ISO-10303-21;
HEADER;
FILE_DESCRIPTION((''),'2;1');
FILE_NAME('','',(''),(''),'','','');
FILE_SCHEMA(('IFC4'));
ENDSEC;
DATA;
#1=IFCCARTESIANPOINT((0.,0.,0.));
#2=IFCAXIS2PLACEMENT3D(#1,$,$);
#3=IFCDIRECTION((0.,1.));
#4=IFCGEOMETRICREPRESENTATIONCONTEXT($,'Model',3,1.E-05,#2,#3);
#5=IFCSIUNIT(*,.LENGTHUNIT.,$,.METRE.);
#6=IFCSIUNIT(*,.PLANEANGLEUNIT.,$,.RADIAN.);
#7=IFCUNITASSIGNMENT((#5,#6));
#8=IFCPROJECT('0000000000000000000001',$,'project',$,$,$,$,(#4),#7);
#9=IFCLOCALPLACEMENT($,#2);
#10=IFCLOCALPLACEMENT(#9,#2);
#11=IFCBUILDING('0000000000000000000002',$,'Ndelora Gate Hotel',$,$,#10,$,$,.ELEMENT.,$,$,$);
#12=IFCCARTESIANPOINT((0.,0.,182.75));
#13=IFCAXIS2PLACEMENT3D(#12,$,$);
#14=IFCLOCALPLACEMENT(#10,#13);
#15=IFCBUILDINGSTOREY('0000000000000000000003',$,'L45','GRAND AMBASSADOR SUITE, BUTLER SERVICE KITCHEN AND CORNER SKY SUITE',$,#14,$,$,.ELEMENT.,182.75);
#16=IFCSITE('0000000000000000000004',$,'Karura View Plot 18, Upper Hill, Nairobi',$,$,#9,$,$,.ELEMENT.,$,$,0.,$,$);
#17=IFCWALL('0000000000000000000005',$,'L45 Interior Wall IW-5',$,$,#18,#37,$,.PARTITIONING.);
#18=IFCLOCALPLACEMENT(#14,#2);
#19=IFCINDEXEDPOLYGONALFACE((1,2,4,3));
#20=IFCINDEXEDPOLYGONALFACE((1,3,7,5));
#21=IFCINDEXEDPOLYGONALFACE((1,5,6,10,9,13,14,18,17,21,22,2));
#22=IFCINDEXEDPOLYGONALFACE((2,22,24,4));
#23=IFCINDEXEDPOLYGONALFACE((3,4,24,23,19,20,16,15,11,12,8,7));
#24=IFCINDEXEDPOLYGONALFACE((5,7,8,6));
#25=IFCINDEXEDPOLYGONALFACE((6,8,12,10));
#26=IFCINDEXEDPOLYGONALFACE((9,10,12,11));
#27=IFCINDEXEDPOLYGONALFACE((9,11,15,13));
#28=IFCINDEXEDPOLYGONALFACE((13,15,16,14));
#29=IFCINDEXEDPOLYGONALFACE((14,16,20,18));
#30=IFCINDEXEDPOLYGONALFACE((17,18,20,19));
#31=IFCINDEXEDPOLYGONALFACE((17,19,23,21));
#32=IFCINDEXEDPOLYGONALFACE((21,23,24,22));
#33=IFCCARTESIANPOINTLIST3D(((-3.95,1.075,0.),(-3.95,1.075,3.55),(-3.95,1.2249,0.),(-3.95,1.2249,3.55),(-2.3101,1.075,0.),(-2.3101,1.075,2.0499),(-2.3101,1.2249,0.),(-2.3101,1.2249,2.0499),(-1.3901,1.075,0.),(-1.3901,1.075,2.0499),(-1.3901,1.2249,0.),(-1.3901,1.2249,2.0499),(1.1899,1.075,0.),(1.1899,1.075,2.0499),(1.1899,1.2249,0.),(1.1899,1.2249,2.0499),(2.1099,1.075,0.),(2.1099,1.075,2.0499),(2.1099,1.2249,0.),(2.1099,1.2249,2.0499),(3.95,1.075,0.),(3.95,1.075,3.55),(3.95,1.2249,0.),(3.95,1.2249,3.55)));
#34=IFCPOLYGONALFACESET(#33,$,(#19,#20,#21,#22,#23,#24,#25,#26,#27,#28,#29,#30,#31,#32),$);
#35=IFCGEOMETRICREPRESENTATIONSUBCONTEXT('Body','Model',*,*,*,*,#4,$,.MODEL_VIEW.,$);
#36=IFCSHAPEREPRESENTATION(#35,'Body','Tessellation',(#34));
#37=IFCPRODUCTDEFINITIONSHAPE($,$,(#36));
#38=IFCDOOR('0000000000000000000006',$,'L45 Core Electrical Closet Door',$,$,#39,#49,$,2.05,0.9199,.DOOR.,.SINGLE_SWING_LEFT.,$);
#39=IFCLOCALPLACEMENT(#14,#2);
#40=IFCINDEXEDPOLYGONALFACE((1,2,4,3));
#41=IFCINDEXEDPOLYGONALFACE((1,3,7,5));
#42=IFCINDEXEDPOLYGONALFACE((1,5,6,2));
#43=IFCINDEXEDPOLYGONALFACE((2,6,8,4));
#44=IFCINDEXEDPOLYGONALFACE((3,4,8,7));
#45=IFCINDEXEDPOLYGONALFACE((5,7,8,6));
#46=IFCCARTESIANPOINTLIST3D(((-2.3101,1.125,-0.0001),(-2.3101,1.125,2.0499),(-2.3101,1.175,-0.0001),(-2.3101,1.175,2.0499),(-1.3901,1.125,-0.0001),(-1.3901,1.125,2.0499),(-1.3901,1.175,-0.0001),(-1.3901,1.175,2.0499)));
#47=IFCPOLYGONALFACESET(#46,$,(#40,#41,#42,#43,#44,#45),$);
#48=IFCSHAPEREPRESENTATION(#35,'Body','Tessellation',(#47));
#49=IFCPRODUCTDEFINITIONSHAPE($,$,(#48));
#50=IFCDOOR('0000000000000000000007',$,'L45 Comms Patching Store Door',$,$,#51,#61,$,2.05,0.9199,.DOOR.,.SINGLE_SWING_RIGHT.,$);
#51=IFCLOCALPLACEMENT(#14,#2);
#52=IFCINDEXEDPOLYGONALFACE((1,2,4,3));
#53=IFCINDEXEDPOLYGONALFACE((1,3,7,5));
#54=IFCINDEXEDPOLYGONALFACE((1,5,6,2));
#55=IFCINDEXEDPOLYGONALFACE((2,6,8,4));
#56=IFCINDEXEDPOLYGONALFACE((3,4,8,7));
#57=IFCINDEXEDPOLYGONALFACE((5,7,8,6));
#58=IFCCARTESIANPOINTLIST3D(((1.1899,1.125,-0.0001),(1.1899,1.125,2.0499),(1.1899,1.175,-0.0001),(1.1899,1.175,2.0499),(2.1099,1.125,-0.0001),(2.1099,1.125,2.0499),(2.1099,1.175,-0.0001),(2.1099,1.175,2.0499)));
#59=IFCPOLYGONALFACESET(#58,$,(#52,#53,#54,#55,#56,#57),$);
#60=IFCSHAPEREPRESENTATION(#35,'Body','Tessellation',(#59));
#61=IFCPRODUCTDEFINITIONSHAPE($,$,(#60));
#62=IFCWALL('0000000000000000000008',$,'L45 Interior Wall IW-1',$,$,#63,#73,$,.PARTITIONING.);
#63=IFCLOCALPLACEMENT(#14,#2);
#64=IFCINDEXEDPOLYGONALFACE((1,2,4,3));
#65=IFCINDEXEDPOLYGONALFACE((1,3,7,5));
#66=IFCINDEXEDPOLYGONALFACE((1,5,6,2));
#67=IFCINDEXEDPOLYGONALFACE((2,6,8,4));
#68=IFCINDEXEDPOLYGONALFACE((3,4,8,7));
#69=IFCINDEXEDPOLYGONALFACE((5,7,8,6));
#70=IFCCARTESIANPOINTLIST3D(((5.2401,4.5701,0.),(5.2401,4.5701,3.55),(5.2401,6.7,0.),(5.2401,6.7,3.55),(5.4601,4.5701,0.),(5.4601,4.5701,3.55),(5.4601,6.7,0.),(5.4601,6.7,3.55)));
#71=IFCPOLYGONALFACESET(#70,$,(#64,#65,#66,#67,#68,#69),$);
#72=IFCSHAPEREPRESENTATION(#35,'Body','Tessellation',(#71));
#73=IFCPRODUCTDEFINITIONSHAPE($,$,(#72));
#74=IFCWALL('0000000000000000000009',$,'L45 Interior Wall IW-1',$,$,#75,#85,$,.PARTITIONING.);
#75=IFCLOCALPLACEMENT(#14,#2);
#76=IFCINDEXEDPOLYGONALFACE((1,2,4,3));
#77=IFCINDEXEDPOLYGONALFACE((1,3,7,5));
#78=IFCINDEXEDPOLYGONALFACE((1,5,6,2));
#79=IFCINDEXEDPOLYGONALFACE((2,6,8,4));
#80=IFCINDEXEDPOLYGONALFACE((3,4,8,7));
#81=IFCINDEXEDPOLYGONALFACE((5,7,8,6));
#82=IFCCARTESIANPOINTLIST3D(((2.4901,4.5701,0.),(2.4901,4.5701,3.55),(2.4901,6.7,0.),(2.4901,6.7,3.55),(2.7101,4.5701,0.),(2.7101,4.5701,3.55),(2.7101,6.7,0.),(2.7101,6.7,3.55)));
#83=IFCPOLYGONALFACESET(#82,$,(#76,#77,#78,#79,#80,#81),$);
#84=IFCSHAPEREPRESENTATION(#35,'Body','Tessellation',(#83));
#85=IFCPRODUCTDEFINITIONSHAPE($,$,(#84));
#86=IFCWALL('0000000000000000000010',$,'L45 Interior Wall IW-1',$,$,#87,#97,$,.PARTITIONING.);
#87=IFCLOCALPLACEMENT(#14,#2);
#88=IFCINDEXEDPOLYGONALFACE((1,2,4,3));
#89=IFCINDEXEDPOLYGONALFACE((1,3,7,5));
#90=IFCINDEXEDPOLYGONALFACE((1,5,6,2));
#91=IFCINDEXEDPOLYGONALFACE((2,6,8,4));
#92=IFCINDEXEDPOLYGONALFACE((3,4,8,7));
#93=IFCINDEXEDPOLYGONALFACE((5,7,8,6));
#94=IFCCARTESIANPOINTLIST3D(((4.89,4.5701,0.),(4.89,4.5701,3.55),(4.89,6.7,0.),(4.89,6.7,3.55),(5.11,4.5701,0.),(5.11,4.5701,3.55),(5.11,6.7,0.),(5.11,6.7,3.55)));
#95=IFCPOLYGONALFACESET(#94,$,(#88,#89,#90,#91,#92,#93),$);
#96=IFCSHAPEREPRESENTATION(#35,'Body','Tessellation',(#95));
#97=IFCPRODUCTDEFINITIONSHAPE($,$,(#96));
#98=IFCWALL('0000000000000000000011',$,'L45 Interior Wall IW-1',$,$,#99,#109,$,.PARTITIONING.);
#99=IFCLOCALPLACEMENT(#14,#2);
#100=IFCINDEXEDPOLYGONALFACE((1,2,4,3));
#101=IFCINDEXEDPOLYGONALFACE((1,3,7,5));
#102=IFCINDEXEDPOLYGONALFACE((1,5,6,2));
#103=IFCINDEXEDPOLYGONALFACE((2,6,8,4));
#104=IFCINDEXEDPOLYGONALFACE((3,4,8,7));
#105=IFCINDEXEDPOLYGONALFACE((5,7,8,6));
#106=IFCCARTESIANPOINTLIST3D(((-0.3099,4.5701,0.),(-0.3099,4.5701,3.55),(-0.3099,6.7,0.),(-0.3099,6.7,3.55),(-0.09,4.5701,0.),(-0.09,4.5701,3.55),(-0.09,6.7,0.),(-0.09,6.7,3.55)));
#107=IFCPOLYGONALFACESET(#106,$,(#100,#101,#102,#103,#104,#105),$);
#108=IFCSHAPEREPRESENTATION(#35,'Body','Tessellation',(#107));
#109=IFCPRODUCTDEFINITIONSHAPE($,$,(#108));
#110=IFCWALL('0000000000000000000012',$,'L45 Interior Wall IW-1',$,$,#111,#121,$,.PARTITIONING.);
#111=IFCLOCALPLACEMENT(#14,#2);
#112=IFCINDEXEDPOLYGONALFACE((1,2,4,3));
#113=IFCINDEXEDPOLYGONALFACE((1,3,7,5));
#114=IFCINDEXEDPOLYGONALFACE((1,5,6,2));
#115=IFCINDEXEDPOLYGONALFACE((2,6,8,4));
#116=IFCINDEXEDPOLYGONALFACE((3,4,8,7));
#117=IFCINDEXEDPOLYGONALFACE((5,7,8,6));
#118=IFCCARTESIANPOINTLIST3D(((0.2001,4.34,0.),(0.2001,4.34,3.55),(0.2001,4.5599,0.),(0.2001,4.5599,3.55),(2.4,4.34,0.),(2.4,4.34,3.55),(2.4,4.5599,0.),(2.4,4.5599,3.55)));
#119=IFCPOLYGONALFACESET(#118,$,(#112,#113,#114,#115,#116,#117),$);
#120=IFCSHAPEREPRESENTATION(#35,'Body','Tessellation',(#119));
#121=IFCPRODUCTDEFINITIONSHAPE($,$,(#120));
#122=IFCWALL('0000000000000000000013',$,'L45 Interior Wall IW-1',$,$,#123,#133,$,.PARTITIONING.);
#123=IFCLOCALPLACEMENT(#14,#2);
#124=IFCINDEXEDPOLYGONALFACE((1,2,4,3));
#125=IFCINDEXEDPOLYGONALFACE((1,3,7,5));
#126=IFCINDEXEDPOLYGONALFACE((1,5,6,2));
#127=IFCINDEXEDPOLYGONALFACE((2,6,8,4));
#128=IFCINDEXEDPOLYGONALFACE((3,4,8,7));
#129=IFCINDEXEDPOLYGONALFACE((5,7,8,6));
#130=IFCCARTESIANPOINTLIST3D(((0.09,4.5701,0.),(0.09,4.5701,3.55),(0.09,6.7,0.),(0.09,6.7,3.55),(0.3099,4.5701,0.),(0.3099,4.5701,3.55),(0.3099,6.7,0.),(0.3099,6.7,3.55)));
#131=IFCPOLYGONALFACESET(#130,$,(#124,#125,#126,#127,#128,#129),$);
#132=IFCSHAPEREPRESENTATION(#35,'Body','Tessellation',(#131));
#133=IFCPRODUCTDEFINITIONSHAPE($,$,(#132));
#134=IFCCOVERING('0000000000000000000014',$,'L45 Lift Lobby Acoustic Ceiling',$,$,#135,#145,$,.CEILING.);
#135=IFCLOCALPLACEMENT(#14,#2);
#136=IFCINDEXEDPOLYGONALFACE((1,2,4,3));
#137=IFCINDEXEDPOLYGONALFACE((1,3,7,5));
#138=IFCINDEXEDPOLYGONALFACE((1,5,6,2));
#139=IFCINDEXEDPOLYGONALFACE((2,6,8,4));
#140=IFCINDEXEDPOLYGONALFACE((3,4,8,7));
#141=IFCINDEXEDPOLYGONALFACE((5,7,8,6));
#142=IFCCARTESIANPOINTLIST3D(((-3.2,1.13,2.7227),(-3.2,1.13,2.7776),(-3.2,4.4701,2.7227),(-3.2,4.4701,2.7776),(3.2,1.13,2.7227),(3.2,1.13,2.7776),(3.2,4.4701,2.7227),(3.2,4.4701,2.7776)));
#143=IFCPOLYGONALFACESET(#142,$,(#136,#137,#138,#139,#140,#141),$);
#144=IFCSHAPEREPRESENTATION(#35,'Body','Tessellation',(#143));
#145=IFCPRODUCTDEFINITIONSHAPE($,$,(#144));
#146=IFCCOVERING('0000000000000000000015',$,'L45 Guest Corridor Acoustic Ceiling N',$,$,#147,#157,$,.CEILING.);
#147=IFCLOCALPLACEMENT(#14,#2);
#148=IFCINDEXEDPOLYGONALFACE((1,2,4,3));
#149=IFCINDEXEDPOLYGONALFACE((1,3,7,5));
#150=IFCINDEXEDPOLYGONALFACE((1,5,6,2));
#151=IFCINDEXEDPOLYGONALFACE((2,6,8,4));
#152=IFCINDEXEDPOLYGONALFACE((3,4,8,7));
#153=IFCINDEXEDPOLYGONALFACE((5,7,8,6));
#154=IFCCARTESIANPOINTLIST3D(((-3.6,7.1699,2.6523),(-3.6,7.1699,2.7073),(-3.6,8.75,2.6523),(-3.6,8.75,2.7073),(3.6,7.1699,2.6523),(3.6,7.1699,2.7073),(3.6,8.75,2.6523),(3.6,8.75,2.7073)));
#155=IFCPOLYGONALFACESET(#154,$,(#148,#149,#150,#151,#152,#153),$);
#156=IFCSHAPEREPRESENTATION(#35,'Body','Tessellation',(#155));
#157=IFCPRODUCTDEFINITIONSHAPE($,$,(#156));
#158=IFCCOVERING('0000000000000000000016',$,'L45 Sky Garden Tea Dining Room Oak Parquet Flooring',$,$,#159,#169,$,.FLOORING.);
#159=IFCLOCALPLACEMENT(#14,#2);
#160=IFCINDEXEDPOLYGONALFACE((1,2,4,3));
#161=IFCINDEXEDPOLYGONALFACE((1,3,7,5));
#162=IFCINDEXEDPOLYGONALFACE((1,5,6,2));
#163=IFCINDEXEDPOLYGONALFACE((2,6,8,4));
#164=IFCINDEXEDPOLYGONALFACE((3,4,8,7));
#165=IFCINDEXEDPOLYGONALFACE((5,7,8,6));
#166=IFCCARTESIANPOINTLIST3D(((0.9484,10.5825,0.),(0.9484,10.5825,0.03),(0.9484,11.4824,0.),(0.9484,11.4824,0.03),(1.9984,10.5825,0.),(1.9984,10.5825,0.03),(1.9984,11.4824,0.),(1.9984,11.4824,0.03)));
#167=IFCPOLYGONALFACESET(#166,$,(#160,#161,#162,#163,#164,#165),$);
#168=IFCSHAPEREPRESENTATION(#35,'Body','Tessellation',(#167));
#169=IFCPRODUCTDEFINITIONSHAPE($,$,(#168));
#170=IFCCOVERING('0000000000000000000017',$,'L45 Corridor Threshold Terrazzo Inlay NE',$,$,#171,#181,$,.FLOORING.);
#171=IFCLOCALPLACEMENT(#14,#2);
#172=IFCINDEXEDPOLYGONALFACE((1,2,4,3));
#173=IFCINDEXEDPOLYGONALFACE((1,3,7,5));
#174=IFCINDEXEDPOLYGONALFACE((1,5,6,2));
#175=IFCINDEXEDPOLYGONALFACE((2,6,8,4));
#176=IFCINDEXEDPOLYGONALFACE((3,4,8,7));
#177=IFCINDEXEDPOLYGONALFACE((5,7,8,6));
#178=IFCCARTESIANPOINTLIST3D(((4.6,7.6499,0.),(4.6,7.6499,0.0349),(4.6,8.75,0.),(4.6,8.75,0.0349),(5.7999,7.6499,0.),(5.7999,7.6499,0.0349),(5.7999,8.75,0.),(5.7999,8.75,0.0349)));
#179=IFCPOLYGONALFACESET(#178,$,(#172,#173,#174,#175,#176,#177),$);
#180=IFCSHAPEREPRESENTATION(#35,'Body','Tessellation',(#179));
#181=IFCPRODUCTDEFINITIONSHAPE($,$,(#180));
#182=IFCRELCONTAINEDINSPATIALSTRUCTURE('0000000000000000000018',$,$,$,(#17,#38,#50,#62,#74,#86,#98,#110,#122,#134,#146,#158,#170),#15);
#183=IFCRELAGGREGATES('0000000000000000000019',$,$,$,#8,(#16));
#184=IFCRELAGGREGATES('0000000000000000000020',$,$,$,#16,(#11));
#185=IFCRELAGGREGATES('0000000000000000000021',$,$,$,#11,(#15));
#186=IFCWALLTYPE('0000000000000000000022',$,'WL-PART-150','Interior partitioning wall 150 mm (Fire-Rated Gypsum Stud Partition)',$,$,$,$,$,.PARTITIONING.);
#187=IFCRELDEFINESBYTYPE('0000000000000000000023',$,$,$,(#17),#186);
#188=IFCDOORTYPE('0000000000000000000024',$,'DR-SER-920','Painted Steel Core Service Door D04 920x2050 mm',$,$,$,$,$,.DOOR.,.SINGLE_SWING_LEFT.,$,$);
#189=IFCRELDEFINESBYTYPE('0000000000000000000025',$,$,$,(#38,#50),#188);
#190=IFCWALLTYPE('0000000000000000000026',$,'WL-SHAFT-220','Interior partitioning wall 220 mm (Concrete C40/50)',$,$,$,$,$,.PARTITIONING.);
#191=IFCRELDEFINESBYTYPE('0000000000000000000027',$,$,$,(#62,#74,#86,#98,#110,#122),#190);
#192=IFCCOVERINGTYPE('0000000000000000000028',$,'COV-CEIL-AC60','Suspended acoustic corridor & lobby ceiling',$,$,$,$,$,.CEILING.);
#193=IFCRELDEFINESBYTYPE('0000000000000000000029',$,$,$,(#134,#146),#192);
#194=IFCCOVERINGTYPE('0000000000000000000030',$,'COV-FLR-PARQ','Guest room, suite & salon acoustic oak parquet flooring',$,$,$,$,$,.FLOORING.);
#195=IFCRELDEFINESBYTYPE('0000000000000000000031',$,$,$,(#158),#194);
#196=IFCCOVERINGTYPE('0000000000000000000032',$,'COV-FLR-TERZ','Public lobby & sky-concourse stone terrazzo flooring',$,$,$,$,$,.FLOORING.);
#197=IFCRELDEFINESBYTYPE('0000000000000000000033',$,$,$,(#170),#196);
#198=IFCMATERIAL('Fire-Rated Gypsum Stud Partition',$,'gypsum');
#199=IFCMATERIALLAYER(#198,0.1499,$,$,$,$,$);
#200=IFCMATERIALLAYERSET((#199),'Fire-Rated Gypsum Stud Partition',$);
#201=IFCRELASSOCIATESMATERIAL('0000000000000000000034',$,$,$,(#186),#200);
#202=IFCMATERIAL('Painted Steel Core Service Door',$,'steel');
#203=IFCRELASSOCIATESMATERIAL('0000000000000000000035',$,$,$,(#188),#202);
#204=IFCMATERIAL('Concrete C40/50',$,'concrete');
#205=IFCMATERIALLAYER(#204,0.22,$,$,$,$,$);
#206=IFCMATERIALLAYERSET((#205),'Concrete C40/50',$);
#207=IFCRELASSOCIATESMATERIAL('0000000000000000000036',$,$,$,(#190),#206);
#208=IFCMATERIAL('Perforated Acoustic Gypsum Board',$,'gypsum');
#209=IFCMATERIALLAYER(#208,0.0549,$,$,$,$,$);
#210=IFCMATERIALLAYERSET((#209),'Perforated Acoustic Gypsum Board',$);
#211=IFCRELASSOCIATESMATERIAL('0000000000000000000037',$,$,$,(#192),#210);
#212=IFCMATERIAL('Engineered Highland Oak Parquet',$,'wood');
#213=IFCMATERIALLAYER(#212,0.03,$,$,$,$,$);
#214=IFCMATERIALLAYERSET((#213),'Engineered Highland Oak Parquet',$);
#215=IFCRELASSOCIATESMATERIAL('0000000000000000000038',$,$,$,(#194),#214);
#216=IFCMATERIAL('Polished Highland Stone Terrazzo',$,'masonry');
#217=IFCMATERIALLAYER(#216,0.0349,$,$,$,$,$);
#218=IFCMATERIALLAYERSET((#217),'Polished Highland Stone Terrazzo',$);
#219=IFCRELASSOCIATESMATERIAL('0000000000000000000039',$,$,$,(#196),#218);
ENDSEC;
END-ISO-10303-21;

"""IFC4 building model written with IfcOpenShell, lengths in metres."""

from ifc_helpers import new_model, si_unit, direction, frame, frame_2d, origin, origin_2d, place, context, subcontext, project, spatial, rectangle, extrude, material, layer, layer_set, type_object, element, fill, save


model = new_model("IFC4")

# Units and contexts
model_context = context("Model", 3, precision=1e-05, world=origin(), true_north=direction((0.0, 1.0)))
body_context = subcontext(model_context, "Body", "Model", "MODEL_VIEW")
ifc_project = project(units=[si_unit("LENGTHUNIT", "METRE"), si_unit("PLANEANGLEUNIT", "RADIAN")], contexts=[model_context])

# Site, building, storey
site_placement = place(None, origin())
site = spatial("IfcSite", under=ifc_project, at=site_placement, Name="Karura View Plot 18, Upper Hill, Nairobi", CompositionType="ELEMENT", RefElevation=0.0)
building_placement = place(site_placement, origin())
building = spatial("IfcBuilding", under=site, at=building_placement, Name="Ndelora Gate Hotel", CompositionType="ELEMENT")
storey_placement = place(building_placement, frame((0.0, 0.0, 182.75)))
storey = spatial("IfcBuildingStorey", under=building, at=storey_placement, Name="L45", Description="GRAND AMBASSADOR SUITE, BUTLER SERVICE KITCHEN AND CORNER SKY SUITE", CompositionType="ELEMENT", Elevation=182.75)

# Shared definitions
ifc_material_1 = material(Name="Concrete C40/50", Category="concrete")

# Wall, openings, doors
ifc_material_2 = material(Name="Fire-Rated Gypsum Stud Partition", Category="gypsum")
ifc_layer_1 = layer(ifc_material_2, 0.1499)
ifc_layer_set_1 = layer_set([ifc_layer_1], Name="Fire-Rated Gypsum Stud Partition")
wall_type_1 = type_object("IfcWallType", Name="WL-PART-150", Description="Interior partitioning wall 150 mm (Fire-Rated Gypsum Stud Partition)", PredefinedType="PARTITIONING", material=ifc_layer_set_1)
wall_1_placement = place(storey_placement, frame((3.95, 1.1499, 0.0), z_axis=(0.0, 0.0, 1.0), x_axis=(-1.0, 0.0, 0.0)))
wall_1 = element("IfcWall", 1, at=wall_1_placement, inside=storey, type_object=wall_type_1, Name="L45 Interior Wall IW-5", PredefinedType="PARTITIONING", context=body_context, shape_type="SweptSolid", body=[
    extrude(rectangle(XDim=7.8999, YDim=0.1499, at=frame_2d((3.95, 0.0))), origin(), (0.0, 0.0, 1.0), 3.55),
])
opening_1_placement = place(wall_1_placement, frame((5.3401, 0.0, 0.0)))
opening_1 = element("IfcOpeningElement", 2, at=opening_1_placement, cuts=wall_1, PredefinedType="OPENING", context=body_context, shape_type="SweptSolid", body=[
    extrude(rectangle(XDim=0.9199, YDim=2.05, at=frame_2d((0.46, 1.0249))), frame((0.0, 0.085, 0.0), z_axis=(0.0, -1.0, 0.0), x_axis=(1.0, 0.0, 0.0)), (0.0, 0.0, 1.0), 0.1699),
])
opening_2_placement = place(wall_1_placement, frame((1.8401, 0.0, 0.0)))
opening_2 = element("IfcOpeningElement", 3, at=opening_2_placement, cuts=wall_1, PredefinedType="OPENING", context=body_context, shape_type="SweptSolid", body=[
    extrude(rectangle(XDim=0.9199, YDim=2.05, at=frame_2d((0.46, 1.0249))), frame((0.0, 0.085, 0.0), z_axis=(0.0, -1.0, 0.0), x_axis=(1.0, 0.0, 0.0)), (0.0, 0.0, 1.0), 0.1699),
])
ifc_material_3 = material(Name="Painted Steel Core Service Door", Category="steel")
door_type_1 = type_object("IfcDoorType", Name="DR-SER-920", Description="Painted Steel Core Service Door D04 920x2050 mm", OperationType="SINGLE_SWING_LEFT", PredefinedType="DOOR", material=ifc_material_3)
door_1_placement = place(opening_1_placement, origin())
door_1 = element("IfcDoor", 4, at=door_1_placement, inside=storey, type_object=door_type_1, Name="L45 Core Electrical Closet Door", OperationType="SINGLE_SWING_LEFT", OverallHeight=2.05, OverallWidth=0.9199, PredefinedType="DOOR", context=body_context, shape_type="SweptSolid", body=[
    extrude(rectangle(XDim=0.9199, YDim=2.05, at=frame_2d((0.46, 1.0249))), frame((0.0, 0.0249, 0.0), z_axis=(0.0, -1.0, 0.0), x_axis=(1.0, 0.0, 0.0)), (0.0, 0.0, 1.0), 0.05),
])
fill(opening_1, door_1)
door_2_placement = place(opening_2_placement, origin())
door_2 = element("IfcDoor", 5, at=door_2_placement, inside=storey, type_object=door_type_1, Name="L45 Comms Patching Store Door", OperationType="SINGLE_SWING_RIGHT", OverallHeight=2.05, OverallWidth=0.9199, PredefinedType="DOOR", context=body_context, shape_type="SweptSolid", body=[
    extrude(rectangle(XDim=0.9199, YDim=2.05, at=frame_2d((0.46, 1.0249))), frame((0.0, 0.0249, 0.0), z_axis=(0.0, -1.0, 0.0), x_axis=(1.0, 0.0, 0.0)), (0.0, 0.0, 1.0), 0.05),
])
fill(opening_2, door_2)

# Shared definitions
ifc_layer_2 = layer(ifc_material_1, 0.22)
ifc_layer_set_2 = layer_set([ifc_layer_2], Name="Concrete C40/50")
wall_type_2 = type_object("IfcWallType", Name="WL-SHAFT-220", Description="Interior partitioning wall 220 mm (Concrete C40/50)", PredefinedType="PARTITIONING", material=ifc_layer_set_2)

# Wall
wall_2_placement = place(storey_placement, frame((5.3501, 4.5701, 0.0), z_axis=(0.0, 0.0, 1.0), x_axis=(0.0, 1.0, 0.0)))
element("IfcWall", 6, at=wall_2_placement, inside=storey, type_object=wall_type_2, Name="L45 Interior Wall IW-1", PredefinedType="PARTITIONING", context=body_context, shape_type="SweptSolid", body=[
    extrude(rectangle(XDim=2.1299, YDim=0.22, at=frame_2d((1.0649, 0.0))), origin(), (0.0, 0.0, 1.0), 3.55),
])

# Walls
for number, where, z_axis, x_axis, name in (
    (7, (2.6001, 4.5701, 0.0), (0.0, 0.0, 1.0), (0.0, 1.0, 0.0), "L45 Interior Wall IW-1"),
    (8, (5.0, 4.5701, 0.0), (0.0, 0.0, 1.0), (0.0, 1.0, 0.0), "L45 Interior Wall IW-1"),
    (9, (-0.2, 4.5701, 0.0), (0.0, 0.0, 1.0), (0.0, 1.0, 0.0), "L45 Interior Wall IW-1"),
):
    element("IfcWall", number, at=place(storey_placement, frame(where, z_axis=z_axis, x_axis=x_axis)), inside=storey, type_object=wall_type_2, Name=name, PredefinedType="PARTITIONING", context=body_context, shape_type="SweptSolid", body=[
        extrude(rectangle(XDim=2.1299, YDim=0.22, at=frame_2d((1.0649, 0.0))), origin(), (0.0, 0.0, 1.0), 3.55),
    ])
wall_3_placement = place(storey_placement, frame((0.2, 4.45, 0.0), z_axis=(0.0, 0.0, 1.0), x_axis=(1.0, 0.0, 0.0)))
element("IfcWall", 10, at=wall_3_placement, inside=storey, type_object=wall_type_2, Name="L45 Interior Wall IW-1", PredefinedType="PARTITIONING", context=body_context, shape_type="SweptSolid", body=[
    extrude(rectangle(XDim=2.2, YDim=0.22, at=frame_2d((1.1001, 0.0))), origin(), (0.0, 0.0, 1.0), 3.55),
])
wall_4_placement = place(storey_placement, frame((0.2, 4.5701, 0.0), z_axis=(0.0, 0.0, 1.0), x_axis=(0.0, 1.0, 0.0)))
element("IfcWall", 11, at=wall_4_placement, inside=storey, type_object=wall_type_2, Name="L45 Interior Wall IW-1", PredefinedType="PARTITIONING", context=body_context, shape_type="SweptSolid", body=[
    extrude(rectangle(XDim=2.1299, YDim=0.22, at=frame_2d((1.0649, 0.0))), origin(), (0.0, 0.0, 1.0), 3.55),
])

# Coverings
ifc_material_4 = material(Name="Perforated Acoustic Gypsum Board", Category="gypsum")
ifc_layer_3 = layer(ifc_material_4, 0.0549)
ifc_layer_set_3 = layer_set([ifc_layer_3], Name="Perforated Acoustic Gypsum Board")
covering_type_1 = type_object("IfcCoveringType", Name="COV-CEIL-AC60", Description="Suspended acoustic corridor & lobby ceiling", PredefinedType="CEILING", material=ifc_layer_set_3)
covering_1_placement = place(storey_placement, frame((0.0, 2.8, 2.7227), z_axis=(0.0, 0.0, 1.0), x_axis=(1.0, 0.0, 0.0)))
element("IfcCovering", 12, at=covering_1_placement, inside=storey, type_object=covering_type_1, Name="L45 Lift Lobby Acoustic Ceiling", PredefinedType="CEILING", context=body_context, shape_type="SweptSolid", body=[
    extrude(rectangle(XDim=6.3999, YDim=3.3401, at=origin_2d()), origin(), (0.0, 0.0, 1.0), 0.0549),
])
covering_2_placement = place(storey_placement, frame((0.0, 7.96, 2.6523), z_axis=(0.0, 0.0, 1.0), x_axis=(1.0, 0.0, 0.0)))
element("IfcCovering", 13, at=covering_2_placement, inside=storey, type_object=covering_type_1, Name="L45 Guest Corridor Acoustic Ceiling N", PredefinedType="CEILING", context=body_context, shape_type="SweptSolid", body=[
    extrude(rectangle(XDim=7.2, YDim=1.5801, at=origin_2d()), origin(), (0.0, 0.0, 1.0), 0.0549),
])
ifc_material_5 = material(Name="Engineered Highland Oak Parquet", Category="wood")
ifc_layer_4 = layer(ifc_material_5, 0.03)
ifc_layer_set_4 = layer_set([ifc_layer_4], Name="Engineered Highland Oak Parquet")
covering_type_2 = type_object("IfcCoveringType", Name="COV-FLR-PARQ", Description="Guest room, suite & salon acoustic oak parquet flooring", PredefinedType="FLOORING", material=ifc_layer_set_4)
covering_3_placement = place(storey_placement, frame((1.4734, 11.0325, 0.0), z_axis=(0.0, 0.0, 1.0), x_axis=(1.0, 0.0, 0.0)))
element("IfcCovering", 14, at=covering_3_placement, inside=storey, type_object=covering_type_2, Name="L45 Sky Garden Tea Dining Room Oak Parquet Flooring", PredefinedType="FLOORING", context=body_context, shape_type="SweptSolid", body=[
    extrude(rectangle(XDim=1.05, YDim=0.8999, at=origin_2d()), origin(), (0.0, 0.0, 1.0), 0.03),
])
ifc_material_6 = material(Name="Polished Highland Stone Terrazzo", Category="masonry")
ifc_layer_5 = layer(ifc_material_6, 0.0349)
ifc_layer_set_5 = layer_set([ifc_layer_5], Name="Polished Highland Stone Terrazzo")
covering_type_3 = type_object("IfcCoveringType", Name="COV-FLR-TERZ", Description="Public lobby & sky-concourse stone terrazzo flooring", PredefinedType="FLOORING", material=ifc_layer_set_5)
covering_4_placement = place(storey_placement, frame((5.2, 8.2, 0.0), z_axis=(0.0, 0.0, 1.0), x_axis=(1.0, 0.0, 0.0)))
element("IfcCovering", 15, at=covering_4_placement, inside=storey, type_object=covering_type_3, Name="L45 Corridor Threshold Terrazzo Inlay NE", PredefinedType="FLOORING", context=body_context, shape_type="SweptSolid", body=[
    extrude(rectangle(XDim=1.2, YDim=1.1001, at=origin_2d()), origin(), (0.0, 0.0, 1.0), 0.0349),
])

save(model, "model.ifc")
